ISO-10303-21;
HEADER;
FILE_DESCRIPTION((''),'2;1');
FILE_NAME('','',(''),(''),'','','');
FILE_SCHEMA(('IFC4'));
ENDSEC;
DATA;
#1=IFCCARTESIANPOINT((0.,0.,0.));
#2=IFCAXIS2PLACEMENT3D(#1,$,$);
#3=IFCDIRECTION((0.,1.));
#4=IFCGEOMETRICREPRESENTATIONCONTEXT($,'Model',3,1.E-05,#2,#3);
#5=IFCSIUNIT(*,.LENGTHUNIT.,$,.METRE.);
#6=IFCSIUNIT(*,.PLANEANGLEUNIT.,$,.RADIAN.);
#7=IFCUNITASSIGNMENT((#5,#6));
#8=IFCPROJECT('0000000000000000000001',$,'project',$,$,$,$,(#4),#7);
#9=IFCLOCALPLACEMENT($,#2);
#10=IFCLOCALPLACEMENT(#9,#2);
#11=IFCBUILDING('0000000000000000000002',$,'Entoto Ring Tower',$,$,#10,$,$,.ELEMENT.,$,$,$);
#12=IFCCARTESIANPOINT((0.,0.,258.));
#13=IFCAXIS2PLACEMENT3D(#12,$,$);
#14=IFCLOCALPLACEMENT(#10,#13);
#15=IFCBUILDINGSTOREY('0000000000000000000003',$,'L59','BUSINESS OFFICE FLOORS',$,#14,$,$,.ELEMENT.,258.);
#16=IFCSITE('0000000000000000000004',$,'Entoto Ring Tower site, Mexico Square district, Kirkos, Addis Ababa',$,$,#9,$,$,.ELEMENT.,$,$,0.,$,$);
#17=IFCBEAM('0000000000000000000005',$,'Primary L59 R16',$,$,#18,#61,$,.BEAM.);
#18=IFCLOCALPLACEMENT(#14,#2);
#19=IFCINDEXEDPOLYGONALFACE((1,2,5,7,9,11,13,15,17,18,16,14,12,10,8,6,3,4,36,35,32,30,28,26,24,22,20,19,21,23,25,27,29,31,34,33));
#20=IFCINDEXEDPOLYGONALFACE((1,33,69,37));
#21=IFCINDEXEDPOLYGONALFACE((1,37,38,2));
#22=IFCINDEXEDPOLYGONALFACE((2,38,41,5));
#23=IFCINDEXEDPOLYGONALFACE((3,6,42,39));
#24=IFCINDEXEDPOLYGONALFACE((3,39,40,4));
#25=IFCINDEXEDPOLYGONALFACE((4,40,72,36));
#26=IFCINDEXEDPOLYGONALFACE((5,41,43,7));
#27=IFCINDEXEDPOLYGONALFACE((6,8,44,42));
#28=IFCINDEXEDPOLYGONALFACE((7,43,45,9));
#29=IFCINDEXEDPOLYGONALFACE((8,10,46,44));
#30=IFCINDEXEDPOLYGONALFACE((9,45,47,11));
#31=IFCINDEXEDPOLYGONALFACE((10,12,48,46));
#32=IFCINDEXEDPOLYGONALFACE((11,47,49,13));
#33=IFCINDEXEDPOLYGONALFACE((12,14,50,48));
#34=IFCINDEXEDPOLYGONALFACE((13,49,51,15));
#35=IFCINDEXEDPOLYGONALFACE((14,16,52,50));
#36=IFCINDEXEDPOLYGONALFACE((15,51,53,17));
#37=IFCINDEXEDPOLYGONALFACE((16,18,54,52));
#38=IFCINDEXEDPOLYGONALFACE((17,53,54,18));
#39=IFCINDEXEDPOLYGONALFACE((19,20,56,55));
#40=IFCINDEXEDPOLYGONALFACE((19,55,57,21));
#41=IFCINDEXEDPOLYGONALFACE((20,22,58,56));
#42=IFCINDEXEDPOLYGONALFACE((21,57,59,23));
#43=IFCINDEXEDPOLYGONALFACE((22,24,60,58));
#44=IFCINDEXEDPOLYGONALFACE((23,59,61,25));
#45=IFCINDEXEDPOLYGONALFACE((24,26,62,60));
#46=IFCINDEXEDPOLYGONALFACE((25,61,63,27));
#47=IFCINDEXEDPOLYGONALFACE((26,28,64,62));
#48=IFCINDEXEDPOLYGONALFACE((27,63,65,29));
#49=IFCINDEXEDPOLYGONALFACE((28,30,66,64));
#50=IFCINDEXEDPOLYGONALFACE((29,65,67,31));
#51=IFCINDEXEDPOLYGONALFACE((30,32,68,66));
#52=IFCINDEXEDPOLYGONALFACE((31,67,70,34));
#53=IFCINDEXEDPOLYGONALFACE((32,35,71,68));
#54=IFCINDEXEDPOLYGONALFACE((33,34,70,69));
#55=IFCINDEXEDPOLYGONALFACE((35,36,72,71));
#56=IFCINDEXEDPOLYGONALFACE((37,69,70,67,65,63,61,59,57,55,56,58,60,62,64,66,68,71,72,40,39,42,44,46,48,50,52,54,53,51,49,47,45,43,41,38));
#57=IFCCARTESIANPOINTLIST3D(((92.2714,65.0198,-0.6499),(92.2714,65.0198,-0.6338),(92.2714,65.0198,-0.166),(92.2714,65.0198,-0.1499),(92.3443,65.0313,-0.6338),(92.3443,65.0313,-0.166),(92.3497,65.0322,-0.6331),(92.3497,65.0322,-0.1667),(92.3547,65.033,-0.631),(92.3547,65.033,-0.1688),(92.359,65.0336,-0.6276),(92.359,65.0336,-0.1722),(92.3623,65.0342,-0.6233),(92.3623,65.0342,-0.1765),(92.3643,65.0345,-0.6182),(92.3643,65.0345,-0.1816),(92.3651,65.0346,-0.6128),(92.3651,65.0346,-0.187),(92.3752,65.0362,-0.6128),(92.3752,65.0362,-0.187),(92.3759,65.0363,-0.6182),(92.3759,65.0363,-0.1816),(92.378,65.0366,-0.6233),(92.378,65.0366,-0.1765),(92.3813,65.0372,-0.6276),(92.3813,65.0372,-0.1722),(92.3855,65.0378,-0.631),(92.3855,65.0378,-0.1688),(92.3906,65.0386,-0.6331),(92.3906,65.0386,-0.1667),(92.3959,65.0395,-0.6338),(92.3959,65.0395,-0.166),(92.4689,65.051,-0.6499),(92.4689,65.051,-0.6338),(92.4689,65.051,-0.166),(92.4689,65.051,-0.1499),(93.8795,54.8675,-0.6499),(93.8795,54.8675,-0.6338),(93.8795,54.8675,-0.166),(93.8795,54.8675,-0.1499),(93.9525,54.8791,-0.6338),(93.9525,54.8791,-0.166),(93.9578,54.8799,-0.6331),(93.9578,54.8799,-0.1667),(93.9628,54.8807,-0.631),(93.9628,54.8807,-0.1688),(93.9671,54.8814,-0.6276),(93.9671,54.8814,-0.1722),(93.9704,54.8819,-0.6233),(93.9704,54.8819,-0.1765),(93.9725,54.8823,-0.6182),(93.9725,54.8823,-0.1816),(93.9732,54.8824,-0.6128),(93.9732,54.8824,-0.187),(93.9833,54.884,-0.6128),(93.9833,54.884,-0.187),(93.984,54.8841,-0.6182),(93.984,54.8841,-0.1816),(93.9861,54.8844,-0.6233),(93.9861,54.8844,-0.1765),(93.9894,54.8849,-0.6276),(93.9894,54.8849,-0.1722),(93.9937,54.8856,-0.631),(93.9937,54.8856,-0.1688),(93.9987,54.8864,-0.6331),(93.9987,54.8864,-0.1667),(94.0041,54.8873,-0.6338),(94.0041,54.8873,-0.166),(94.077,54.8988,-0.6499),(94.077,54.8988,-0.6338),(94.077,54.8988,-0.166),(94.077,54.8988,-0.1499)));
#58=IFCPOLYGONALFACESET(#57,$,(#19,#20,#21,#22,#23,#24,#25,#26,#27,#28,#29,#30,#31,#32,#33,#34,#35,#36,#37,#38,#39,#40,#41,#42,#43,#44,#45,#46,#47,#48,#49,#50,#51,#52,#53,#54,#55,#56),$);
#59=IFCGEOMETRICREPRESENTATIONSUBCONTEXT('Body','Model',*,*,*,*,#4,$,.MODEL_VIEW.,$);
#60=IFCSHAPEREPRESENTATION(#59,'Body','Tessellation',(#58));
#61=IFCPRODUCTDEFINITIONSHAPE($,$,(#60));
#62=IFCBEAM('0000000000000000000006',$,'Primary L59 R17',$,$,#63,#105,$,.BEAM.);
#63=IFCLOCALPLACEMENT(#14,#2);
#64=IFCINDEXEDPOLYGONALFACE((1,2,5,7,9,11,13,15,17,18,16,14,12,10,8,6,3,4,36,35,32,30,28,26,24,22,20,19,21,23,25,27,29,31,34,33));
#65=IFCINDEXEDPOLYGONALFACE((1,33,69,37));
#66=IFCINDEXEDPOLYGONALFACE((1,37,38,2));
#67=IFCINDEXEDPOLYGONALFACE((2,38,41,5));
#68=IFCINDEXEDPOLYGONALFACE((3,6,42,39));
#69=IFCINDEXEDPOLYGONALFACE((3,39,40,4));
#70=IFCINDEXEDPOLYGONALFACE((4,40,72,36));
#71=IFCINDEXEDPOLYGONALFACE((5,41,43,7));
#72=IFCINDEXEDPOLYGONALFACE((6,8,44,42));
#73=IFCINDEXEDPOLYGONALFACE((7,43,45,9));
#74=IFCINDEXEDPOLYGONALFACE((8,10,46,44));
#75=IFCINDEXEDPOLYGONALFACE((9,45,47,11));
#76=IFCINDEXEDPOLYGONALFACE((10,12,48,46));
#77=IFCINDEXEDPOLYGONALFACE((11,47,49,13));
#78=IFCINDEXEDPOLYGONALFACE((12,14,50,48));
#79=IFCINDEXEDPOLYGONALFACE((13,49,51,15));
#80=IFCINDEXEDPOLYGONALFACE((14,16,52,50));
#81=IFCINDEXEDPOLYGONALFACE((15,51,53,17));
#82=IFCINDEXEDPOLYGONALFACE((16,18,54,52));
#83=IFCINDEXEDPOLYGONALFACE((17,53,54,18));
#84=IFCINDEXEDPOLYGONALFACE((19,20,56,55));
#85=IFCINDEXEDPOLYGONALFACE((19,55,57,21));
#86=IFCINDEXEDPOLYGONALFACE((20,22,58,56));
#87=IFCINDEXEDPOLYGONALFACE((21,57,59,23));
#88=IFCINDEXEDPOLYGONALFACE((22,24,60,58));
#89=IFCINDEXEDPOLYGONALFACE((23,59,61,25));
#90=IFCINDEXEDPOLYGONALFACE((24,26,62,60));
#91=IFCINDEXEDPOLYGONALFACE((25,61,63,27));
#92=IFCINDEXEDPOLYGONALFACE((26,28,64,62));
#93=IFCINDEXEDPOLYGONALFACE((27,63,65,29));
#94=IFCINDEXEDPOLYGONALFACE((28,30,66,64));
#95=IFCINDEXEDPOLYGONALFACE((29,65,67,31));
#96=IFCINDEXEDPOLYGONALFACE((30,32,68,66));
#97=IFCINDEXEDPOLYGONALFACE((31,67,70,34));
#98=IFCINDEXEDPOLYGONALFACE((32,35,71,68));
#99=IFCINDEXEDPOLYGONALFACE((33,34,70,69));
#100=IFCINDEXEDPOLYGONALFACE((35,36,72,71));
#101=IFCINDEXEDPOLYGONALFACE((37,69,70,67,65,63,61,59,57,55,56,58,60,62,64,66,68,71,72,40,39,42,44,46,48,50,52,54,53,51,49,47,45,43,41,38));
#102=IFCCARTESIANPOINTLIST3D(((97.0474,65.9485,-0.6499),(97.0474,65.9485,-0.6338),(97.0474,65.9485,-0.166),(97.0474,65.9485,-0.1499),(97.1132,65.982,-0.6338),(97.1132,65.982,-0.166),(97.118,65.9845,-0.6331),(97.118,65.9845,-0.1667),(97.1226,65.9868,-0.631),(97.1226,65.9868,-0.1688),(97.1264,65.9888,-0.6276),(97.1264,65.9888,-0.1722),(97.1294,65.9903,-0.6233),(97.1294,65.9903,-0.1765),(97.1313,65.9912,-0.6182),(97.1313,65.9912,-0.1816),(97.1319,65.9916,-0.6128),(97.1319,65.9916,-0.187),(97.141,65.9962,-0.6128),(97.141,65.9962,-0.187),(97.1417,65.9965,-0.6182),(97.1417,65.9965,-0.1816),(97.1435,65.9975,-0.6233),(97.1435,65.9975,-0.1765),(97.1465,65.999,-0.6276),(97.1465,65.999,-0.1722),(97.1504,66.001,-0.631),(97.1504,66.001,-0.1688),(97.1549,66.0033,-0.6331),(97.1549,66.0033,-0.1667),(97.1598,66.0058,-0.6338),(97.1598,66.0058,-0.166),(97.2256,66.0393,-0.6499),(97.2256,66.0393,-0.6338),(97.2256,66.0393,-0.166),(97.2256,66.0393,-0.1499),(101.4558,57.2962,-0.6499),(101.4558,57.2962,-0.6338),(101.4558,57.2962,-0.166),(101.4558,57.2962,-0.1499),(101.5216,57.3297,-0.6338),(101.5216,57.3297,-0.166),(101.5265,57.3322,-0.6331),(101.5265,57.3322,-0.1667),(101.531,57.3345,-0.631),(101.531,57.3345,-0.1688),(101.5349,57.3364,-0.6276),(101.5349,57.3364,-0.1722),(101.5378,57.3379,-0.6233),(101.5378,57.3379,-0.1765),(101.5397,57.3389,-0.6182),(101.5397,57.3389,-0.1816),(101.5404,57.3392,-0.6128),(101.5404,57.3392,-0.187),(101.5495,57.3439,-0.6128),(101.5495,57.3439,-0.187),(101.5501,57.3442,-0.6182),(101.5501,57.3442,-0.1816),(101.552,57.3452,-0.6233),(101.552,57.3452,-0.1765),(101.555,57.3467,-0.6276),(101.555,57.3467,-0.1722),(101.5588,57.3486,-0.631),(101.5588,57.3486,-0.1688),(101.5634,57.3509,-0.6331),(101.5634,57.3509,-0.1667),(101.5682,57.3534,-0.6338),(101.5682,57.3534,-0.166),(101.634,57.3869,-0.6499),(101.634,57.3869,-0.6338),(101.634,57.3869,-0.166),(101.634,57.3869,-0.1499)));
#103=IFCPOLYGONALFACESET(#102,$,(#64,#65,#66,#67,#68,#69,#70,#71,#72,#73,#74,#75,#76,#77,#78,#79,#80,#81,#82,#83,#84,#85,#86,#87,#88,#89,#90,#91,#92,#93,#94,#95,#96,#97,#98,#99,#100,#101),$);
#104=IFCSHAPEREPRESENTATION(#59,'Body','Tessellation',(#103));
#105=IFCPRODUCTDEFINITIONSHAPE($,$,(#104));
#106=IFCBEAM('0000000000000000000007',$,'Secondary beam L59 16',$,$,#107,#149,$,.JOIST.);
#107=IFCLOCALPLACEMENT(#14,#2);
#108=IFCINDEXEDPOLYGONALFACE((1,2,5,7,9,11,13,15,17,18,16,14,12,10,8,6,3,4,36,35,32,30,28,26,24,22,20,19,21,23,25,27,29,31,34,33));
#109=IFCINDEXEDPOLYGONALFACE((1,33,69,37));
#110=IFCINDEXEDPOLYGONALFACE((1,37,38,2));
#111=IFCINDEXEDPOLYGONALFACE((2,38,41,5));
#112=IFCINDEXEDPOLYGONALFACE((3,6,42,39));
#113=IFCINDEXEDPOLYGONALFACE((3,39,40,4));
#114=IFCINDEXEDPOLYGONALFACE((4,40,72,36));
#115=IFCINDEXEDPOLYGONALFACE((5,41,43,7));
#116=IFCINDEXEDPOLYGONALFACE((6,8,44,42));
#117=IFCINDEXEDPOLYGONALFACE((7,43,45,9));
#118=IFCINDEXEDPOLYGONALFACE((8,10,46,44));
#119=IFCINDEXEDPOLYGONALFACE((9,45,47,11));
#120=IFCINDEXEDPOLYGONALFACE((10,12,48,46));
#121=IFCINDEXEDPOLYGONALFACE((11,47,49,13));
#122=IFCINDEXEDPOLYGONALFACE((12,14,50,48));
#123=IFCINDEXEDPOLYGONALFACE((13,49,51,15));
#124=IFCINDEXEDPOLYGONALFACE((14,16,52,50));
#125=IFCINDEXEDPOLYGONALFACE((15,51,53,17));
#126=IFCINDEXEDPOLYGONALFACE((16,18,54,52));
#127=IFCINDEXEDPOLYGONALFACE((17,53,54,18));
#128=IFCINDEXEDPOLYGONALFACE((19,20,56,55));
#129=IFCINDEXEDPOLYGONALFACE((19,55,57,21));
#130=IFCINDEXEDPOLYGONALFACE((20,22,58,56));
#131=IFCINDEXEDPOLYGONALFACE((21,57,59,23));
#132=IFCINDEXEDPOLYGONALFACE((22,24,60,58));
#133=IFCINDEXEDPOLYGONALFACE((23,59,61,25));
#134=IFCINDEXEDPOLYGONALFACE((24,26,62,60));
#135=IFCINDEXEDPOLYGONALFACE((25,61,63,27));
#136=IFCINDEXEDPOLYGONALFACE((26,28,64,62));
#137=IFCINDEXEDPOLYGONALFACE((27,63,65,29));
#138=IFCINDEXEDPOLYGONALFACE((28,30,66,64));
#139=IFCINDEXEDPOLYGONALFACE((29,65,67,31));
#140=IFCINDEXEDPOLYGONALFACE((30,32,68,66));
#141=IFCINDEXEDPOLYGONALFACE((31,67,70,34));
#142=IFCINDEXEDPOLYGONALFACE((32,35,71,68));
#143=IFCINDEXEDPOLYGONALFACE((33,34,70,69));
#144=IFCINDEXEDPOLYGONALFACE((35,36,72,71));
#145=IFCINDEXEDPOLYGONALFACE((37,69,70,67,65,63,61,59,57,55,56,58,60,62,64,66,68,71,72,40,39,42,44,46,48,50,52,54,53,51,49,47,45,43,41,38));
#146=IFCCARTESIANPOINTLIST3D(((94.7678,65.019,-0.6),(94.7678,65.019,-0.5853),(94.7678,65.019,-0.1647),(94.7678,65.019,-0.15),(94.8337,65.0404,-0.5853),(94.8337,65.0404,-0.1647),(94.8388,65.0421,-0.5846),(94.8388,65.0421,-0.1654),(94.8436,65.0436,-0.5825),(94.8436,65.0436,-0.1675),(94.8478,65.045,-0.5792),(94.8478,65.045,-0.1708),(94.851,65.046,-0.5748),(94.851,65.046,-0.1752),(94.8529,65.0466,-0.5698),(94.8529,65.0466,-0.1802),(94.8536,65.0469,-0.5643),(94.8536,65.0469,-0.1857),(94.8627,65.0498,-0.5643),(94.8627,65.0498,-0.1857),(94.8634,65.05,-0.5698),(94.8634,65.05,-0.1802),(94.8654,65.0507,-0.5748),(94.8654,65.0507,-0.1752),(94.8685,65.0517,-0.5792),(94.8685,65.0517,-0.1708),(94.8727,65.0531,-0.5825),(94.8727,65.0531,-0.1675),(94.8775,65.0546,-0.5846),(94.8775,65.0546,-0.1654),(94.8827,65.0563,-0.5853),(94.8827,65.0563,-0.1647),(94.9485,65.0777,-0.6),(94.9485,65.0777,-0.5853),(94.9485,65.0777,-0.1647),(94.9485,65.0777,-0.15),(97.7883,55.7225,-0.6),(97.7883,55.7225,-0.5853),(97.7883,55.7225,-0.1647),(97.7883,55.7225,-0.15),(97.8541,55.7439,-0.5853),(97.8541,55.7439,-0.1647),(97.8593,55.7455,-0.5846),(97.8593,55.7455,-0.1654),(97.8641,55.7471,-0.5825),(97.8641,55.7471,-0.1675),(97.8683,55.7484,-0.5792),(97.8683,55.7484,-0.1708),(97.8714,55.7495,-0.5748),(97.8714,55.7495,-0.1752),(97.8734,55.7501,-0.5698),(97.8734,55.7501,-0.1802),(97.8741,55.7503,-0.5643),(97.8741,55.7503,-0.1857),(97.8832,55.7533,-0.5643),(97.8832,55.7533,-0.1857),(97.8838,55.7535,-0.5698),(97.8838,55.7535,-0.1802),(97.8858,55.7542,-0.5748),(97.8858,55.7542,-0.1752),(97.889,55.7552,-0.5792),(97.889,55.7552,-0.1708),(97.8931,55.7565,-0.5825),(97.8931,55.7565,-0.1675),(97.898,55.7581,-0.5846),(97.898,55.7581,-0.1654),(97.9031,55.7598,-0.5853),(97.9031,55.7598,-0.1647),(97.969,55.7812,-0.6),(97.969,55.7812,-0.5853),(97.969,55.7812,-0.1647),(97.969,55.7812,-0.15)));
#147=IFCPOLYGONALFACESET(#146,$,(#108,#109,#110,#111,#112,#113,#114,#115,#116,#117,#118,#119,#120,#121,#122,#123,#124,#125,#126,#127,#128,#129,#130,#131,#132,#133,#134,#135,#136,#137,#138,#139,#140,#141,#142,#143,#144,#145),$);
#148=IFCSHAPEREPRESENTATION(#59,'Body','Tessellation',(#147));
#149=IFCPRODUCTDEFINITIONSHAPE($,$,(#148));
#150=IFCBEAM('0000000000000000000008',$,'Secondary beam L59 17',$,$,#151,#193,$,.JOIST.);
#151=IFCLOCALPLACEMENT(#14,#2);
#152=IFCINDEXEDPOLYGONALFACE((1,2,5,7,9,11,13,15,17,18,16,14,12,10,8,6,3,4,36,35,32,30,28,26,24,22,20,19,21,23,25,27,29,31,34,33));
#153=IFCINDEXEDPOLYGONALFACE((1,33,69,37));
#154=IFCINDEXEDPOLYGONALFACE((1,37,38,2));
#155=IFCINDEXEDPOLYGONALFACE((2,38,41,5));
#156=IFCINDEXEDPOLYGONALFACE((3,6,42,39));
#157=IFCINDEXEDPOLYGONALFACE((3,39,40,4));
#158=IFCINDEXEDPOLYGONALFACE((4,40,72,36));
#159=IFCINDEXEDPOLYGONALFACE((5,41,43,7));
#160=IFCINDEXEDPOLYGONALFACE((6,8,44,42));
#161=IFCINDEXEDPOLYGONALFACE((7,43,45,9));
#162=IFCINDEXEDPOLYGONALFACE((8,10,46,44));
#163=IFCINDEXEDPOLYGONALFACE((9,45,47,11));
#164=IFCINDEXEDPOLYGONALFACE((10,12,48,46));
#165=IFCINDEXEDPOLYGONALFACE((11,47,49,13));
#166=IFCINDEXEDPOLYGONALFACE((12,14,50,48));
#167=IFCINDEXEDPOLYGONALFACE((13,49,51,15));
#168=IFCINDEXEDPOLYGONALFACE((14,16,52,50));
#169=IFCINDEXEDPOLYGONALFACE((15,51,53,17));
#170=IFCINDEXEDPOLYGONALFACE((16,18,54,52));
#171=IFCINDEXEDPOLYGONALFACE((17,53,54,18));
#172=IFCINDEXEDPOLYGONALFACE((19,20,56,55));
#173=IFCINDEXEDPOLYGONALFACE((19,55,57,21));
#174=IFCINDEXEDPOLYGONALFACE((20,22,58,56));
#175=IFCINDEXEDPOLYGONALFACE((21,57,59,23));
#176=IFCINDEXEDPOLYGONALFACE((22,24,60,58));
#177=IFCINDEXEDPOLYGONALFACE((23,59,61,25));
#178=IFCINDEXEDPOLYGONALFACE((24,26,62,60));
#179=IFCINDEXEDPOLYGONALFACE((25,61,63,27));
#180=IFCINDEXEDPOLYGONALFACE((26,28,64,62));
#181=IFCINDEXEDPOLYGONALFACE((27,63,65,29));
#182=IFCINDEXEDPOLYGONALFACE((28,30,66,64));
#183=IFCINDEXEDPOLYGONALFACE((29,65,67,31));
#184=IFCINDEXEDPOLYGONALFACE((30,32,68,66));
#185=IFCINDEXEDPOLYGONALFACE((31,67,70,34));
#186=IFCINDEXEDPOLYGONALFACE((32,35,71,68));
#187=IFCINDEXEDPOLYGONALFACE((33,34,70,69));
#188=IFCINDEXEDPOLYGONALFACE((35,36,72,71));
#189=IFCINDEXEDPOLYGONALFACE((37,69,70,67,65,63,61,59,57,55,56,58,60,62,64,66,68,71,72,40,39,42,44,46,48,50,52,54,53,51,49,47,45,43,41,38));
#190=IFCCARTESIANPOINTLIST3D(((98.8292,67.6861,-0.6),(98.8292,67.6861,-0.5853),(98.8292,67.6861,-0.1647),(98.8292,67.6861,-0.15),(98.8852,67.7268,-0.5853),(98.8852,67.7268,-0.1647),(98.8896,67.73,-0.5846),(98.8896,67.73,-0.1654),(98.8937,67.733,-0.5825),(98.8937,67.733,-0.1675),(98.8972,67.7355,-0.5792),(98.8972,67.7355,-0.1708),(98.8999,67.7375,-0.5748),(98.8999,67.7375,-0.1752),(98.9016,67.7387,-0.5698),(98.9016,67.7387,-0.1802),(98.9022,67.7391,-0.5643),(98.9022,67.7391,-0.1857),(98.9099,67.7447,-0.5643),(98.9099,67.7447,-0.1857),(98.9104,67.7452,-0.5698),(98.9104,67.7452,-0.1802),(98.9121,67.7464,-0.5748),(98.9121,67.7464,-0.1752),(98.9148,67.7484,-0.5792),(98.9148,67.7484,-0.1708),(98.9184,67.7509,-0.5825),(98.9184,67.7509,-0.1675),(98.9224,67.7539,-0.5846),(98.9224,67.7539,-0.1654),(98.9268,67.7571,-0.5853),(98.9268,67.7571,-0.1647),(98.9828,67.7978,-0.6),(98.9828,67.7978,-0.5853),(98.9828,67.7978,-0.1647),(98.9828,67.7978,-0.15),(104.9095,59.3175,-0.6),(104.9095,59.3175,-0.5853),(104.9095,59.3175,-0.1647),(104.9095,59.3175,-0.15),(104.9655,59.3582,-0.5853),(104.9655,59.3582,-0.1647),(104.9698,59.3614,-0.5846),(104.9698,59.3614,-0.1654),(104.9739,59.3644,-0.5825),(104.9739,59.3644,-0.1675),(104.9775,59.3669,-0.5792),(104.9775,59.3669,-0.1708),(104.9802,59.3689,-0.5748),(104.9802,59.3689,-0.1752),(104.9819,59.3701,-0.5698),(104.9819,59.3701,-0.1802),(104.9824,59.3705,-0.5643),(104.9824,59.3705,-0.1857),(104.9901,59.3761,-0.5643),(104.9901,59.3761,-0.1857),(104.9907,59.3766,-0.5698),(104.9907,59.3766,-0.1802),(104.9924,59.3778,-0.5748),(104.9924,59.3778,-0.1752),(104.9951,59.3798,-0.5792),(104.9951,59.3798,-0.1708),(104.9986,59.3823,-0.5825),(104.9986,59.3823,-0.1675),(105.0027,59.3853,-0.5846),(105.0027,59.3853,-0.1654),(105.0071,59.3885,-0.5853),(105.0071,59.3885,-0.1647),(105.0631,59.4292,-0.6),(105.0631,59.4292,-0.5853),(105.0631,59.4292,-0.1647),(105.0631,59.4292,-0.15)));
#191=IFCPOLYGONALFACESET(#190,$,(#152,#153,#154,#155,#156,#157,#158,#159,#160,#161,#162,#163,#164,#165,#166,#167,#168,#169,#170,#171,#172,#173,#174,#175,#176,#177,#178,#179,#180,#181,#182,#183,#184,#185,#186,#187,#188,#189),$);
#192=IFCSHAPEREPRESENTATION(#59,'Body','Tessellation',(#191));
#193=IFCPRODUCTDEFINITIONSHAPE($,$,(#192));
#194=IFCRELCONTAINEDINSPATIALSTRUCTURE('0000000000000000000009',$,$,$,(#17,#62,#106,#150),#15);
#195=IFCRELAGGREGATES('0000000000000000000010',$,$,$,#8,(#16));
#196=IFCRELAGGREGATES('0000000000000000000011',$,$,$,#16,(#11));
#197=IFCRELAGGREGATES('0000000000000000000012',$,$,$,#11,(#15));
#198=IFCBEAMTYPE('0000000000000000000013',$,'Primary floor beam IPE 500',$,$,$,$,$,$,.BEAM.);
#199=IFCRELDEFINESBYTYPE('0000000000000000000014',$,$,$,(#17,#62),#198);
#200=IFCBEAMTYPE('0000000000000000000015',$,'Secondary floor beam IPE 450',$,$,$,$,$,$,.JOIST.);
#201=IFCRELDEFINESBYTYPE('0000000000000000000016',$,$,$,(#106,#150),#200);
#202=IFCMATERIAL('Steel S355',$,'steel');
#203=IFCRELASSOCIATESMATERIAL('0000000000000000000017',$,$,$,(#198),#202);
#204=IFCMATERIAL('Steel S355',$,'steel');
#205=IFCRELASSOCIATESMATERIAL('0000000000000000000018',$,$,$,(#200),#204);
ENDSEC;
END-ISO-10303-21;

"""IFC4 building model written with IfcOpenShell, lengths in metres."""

from ifc_helpers import new_model, si_unit, direction, frame, origin, origin_2d, place, context, subcontext, project, spatial, i_section, extrude, material, material_profile, profile_set, type_object, element, save


model = new_model("IFC4")

# Units and contexts
model_context = context("Model", 3, precision=1e-05, world=origin(), true_north=direction((0.0, 1.0)))
body_context = subcontext(model_context, "Body", "Model", "MODEL_VIEW")
ifc_project = project(units=[si_unit("LENGTHUNIT", "METRE"), si_unit("PLANEANGLEUNIT", "RADIAN")], contexts=[model_context])

# Site, building, storey
site_placement = place(None, origin())
site = spatial("IfcSite", under=ifc_project, at=site_placement, Name="Entoto Ring Tower site, Mexico Square district, Kirkos, Addis Ababa", CompositionType="ELEMENT", RefElevation=0.0)
building_placement = place(site_placement, origin())
building = spatial("IfcBuilding", under=site, at=building_placement, Name="Entoto Ring Tower", CompositionType="ELEMENT")
storey_placement = place(building_placement, frame((0.0, 0.0, 258.0)))
storey = spatial("IfcBuildingStorey", under=building, at=storey_placement, Name="L59", Description="BUSINESS OFFICE FLOORS", CompositionType="ELEMENT", Elevation=258.0)

# Beams
ifc_material_1 = material(Name="Steel S355", Category="steel")
ifc_material_profile_1 = material_profile(ifc_material_1, i_section(OverallWidth=0.2, OverallDepth=0.5, WebThickness=0.0103, FlangeThickness=0.0161, FilletRadius=0.021, at=origin_2d()), Name="IPE 500")
ifc_profile_set_1 = profile_set([ifc_material_profile_1], Name="Steel S355")
beam_type_1 = type_object("IfcBeamType", Name="Primary floor beam IPE 500", PredefinedType="BEAM", material=ifc_profile_set_1)
beam_1_placement = place(storey_placement, frame((92.3701, 65.0354, -0.3999), z_axis=(0.156452, -0.987686, 0.0), x_axis=(0.987686, 0.156452, 0.0)))
element("IfcBeam", 1, at=beam_1_placement, inside=storey, type_object=beam_type_1, Name="Primary L59 R16", PredefinedType="BEAM", context=body_context, shape_type="SweptSolid", body=[
    extrude(i_section(OverallWidth=0.2, OverallDepth=0.5, WebThickness=0.0103, FlangeThickness=0.0161, FilletRadius=0.021, at=origin_2d()), origin(), (0.0, 0.0, 1.0), 10.2788),
])
beam_2_placement = place(storey_placement, frame((97.1365, 65.9939, -0.3999), z_axis=(0.453979, -0.891012, 0.0), x_axis=(0.891012, 0.453979, 0.0)))
element("IfcBeam", 2, at=beam_2_placement, inside=storey, type_object=beam_type_1, Name="Primary L59 R17", PredefinedType="BEAM", context=body_context, shape_type="SweptSolid", body=[
    extrude(i_section(OverallWidth=0.2, OverallDepth=0.5, WebThickness=0.0103, FlangeThickness=0.0161, FilletRadius=0.021, at=origin_2d()), origin(), (0.0, 0.0, 1.0), 9.7107),
])
ifc_material_2 = material(Name="Steel S355", Category="steel")
ifc_material_profile_2 = material_profile(ifc_material_2, i_section(OverallWidth=0.1899, OverallDepth=0.45, WebThickness=0.0095, FlangeThickness=0.0146, FilletRadius=0.021, at=origin_2d()), Name="IPE 450")
ifc_profile_set_2 = profile_set([ifc_material_profile_2], Name="Steel S355")
beam_type_2 = type_object("IfcBeamType", Name="Secondary floor beam IPE 450", PredefinedType="JOIST", material=ifc_profile_set_2)
beam_3_placement = place(storey_placement, frame((94.8582, 65.0483, -0.375), z_axis=(0.309003, -0.951061, 0.0), x_axis=(0.951061, 0.309003, 0.0)))
element("IfcBeam", 3, at=beam_3_placement, inside=storey, type_object=beam_type_2, Name="Secondary beam L59 16", PredefinedType="JOIST", context=body_context, shape_type="SweptSolid", body=[
    extrude(i_section(OverallWidth=0.1899, OverallDepth=0.45, WebThickness=0.0095, FlangeThickness=0.0146, FilletRadius=0.021, at=origin_2d()), origin(), (0.0, 0.0, 1.0), 9.7749),
])
beam_4_placement = place(storey_placement, frame((98.906, 67.7419, -0.375), z_axis=(0.587794, -0.809011, 0.0), x_axis=(0.809011, 0.587794, 0.0)))
element("IfcBeam", 4, at=beam_4_placement, inside=storey, type_object=beam_type_2, Name="Secondary beam L59 17", PredefinedType="JOIST", context=body_context, shape_type="SweptSolid", body=[
    extrude(i_section(OverallWidth=0.1899, OverallDepth=0.45, WebThickness=0.0095, FlangeThickness=0.0146, FilletRadius=0.021, at=origin_2d()), origin(), (0.0, 0.0, 1.0), 10.3442),
])

save(model, "model.ifc")
